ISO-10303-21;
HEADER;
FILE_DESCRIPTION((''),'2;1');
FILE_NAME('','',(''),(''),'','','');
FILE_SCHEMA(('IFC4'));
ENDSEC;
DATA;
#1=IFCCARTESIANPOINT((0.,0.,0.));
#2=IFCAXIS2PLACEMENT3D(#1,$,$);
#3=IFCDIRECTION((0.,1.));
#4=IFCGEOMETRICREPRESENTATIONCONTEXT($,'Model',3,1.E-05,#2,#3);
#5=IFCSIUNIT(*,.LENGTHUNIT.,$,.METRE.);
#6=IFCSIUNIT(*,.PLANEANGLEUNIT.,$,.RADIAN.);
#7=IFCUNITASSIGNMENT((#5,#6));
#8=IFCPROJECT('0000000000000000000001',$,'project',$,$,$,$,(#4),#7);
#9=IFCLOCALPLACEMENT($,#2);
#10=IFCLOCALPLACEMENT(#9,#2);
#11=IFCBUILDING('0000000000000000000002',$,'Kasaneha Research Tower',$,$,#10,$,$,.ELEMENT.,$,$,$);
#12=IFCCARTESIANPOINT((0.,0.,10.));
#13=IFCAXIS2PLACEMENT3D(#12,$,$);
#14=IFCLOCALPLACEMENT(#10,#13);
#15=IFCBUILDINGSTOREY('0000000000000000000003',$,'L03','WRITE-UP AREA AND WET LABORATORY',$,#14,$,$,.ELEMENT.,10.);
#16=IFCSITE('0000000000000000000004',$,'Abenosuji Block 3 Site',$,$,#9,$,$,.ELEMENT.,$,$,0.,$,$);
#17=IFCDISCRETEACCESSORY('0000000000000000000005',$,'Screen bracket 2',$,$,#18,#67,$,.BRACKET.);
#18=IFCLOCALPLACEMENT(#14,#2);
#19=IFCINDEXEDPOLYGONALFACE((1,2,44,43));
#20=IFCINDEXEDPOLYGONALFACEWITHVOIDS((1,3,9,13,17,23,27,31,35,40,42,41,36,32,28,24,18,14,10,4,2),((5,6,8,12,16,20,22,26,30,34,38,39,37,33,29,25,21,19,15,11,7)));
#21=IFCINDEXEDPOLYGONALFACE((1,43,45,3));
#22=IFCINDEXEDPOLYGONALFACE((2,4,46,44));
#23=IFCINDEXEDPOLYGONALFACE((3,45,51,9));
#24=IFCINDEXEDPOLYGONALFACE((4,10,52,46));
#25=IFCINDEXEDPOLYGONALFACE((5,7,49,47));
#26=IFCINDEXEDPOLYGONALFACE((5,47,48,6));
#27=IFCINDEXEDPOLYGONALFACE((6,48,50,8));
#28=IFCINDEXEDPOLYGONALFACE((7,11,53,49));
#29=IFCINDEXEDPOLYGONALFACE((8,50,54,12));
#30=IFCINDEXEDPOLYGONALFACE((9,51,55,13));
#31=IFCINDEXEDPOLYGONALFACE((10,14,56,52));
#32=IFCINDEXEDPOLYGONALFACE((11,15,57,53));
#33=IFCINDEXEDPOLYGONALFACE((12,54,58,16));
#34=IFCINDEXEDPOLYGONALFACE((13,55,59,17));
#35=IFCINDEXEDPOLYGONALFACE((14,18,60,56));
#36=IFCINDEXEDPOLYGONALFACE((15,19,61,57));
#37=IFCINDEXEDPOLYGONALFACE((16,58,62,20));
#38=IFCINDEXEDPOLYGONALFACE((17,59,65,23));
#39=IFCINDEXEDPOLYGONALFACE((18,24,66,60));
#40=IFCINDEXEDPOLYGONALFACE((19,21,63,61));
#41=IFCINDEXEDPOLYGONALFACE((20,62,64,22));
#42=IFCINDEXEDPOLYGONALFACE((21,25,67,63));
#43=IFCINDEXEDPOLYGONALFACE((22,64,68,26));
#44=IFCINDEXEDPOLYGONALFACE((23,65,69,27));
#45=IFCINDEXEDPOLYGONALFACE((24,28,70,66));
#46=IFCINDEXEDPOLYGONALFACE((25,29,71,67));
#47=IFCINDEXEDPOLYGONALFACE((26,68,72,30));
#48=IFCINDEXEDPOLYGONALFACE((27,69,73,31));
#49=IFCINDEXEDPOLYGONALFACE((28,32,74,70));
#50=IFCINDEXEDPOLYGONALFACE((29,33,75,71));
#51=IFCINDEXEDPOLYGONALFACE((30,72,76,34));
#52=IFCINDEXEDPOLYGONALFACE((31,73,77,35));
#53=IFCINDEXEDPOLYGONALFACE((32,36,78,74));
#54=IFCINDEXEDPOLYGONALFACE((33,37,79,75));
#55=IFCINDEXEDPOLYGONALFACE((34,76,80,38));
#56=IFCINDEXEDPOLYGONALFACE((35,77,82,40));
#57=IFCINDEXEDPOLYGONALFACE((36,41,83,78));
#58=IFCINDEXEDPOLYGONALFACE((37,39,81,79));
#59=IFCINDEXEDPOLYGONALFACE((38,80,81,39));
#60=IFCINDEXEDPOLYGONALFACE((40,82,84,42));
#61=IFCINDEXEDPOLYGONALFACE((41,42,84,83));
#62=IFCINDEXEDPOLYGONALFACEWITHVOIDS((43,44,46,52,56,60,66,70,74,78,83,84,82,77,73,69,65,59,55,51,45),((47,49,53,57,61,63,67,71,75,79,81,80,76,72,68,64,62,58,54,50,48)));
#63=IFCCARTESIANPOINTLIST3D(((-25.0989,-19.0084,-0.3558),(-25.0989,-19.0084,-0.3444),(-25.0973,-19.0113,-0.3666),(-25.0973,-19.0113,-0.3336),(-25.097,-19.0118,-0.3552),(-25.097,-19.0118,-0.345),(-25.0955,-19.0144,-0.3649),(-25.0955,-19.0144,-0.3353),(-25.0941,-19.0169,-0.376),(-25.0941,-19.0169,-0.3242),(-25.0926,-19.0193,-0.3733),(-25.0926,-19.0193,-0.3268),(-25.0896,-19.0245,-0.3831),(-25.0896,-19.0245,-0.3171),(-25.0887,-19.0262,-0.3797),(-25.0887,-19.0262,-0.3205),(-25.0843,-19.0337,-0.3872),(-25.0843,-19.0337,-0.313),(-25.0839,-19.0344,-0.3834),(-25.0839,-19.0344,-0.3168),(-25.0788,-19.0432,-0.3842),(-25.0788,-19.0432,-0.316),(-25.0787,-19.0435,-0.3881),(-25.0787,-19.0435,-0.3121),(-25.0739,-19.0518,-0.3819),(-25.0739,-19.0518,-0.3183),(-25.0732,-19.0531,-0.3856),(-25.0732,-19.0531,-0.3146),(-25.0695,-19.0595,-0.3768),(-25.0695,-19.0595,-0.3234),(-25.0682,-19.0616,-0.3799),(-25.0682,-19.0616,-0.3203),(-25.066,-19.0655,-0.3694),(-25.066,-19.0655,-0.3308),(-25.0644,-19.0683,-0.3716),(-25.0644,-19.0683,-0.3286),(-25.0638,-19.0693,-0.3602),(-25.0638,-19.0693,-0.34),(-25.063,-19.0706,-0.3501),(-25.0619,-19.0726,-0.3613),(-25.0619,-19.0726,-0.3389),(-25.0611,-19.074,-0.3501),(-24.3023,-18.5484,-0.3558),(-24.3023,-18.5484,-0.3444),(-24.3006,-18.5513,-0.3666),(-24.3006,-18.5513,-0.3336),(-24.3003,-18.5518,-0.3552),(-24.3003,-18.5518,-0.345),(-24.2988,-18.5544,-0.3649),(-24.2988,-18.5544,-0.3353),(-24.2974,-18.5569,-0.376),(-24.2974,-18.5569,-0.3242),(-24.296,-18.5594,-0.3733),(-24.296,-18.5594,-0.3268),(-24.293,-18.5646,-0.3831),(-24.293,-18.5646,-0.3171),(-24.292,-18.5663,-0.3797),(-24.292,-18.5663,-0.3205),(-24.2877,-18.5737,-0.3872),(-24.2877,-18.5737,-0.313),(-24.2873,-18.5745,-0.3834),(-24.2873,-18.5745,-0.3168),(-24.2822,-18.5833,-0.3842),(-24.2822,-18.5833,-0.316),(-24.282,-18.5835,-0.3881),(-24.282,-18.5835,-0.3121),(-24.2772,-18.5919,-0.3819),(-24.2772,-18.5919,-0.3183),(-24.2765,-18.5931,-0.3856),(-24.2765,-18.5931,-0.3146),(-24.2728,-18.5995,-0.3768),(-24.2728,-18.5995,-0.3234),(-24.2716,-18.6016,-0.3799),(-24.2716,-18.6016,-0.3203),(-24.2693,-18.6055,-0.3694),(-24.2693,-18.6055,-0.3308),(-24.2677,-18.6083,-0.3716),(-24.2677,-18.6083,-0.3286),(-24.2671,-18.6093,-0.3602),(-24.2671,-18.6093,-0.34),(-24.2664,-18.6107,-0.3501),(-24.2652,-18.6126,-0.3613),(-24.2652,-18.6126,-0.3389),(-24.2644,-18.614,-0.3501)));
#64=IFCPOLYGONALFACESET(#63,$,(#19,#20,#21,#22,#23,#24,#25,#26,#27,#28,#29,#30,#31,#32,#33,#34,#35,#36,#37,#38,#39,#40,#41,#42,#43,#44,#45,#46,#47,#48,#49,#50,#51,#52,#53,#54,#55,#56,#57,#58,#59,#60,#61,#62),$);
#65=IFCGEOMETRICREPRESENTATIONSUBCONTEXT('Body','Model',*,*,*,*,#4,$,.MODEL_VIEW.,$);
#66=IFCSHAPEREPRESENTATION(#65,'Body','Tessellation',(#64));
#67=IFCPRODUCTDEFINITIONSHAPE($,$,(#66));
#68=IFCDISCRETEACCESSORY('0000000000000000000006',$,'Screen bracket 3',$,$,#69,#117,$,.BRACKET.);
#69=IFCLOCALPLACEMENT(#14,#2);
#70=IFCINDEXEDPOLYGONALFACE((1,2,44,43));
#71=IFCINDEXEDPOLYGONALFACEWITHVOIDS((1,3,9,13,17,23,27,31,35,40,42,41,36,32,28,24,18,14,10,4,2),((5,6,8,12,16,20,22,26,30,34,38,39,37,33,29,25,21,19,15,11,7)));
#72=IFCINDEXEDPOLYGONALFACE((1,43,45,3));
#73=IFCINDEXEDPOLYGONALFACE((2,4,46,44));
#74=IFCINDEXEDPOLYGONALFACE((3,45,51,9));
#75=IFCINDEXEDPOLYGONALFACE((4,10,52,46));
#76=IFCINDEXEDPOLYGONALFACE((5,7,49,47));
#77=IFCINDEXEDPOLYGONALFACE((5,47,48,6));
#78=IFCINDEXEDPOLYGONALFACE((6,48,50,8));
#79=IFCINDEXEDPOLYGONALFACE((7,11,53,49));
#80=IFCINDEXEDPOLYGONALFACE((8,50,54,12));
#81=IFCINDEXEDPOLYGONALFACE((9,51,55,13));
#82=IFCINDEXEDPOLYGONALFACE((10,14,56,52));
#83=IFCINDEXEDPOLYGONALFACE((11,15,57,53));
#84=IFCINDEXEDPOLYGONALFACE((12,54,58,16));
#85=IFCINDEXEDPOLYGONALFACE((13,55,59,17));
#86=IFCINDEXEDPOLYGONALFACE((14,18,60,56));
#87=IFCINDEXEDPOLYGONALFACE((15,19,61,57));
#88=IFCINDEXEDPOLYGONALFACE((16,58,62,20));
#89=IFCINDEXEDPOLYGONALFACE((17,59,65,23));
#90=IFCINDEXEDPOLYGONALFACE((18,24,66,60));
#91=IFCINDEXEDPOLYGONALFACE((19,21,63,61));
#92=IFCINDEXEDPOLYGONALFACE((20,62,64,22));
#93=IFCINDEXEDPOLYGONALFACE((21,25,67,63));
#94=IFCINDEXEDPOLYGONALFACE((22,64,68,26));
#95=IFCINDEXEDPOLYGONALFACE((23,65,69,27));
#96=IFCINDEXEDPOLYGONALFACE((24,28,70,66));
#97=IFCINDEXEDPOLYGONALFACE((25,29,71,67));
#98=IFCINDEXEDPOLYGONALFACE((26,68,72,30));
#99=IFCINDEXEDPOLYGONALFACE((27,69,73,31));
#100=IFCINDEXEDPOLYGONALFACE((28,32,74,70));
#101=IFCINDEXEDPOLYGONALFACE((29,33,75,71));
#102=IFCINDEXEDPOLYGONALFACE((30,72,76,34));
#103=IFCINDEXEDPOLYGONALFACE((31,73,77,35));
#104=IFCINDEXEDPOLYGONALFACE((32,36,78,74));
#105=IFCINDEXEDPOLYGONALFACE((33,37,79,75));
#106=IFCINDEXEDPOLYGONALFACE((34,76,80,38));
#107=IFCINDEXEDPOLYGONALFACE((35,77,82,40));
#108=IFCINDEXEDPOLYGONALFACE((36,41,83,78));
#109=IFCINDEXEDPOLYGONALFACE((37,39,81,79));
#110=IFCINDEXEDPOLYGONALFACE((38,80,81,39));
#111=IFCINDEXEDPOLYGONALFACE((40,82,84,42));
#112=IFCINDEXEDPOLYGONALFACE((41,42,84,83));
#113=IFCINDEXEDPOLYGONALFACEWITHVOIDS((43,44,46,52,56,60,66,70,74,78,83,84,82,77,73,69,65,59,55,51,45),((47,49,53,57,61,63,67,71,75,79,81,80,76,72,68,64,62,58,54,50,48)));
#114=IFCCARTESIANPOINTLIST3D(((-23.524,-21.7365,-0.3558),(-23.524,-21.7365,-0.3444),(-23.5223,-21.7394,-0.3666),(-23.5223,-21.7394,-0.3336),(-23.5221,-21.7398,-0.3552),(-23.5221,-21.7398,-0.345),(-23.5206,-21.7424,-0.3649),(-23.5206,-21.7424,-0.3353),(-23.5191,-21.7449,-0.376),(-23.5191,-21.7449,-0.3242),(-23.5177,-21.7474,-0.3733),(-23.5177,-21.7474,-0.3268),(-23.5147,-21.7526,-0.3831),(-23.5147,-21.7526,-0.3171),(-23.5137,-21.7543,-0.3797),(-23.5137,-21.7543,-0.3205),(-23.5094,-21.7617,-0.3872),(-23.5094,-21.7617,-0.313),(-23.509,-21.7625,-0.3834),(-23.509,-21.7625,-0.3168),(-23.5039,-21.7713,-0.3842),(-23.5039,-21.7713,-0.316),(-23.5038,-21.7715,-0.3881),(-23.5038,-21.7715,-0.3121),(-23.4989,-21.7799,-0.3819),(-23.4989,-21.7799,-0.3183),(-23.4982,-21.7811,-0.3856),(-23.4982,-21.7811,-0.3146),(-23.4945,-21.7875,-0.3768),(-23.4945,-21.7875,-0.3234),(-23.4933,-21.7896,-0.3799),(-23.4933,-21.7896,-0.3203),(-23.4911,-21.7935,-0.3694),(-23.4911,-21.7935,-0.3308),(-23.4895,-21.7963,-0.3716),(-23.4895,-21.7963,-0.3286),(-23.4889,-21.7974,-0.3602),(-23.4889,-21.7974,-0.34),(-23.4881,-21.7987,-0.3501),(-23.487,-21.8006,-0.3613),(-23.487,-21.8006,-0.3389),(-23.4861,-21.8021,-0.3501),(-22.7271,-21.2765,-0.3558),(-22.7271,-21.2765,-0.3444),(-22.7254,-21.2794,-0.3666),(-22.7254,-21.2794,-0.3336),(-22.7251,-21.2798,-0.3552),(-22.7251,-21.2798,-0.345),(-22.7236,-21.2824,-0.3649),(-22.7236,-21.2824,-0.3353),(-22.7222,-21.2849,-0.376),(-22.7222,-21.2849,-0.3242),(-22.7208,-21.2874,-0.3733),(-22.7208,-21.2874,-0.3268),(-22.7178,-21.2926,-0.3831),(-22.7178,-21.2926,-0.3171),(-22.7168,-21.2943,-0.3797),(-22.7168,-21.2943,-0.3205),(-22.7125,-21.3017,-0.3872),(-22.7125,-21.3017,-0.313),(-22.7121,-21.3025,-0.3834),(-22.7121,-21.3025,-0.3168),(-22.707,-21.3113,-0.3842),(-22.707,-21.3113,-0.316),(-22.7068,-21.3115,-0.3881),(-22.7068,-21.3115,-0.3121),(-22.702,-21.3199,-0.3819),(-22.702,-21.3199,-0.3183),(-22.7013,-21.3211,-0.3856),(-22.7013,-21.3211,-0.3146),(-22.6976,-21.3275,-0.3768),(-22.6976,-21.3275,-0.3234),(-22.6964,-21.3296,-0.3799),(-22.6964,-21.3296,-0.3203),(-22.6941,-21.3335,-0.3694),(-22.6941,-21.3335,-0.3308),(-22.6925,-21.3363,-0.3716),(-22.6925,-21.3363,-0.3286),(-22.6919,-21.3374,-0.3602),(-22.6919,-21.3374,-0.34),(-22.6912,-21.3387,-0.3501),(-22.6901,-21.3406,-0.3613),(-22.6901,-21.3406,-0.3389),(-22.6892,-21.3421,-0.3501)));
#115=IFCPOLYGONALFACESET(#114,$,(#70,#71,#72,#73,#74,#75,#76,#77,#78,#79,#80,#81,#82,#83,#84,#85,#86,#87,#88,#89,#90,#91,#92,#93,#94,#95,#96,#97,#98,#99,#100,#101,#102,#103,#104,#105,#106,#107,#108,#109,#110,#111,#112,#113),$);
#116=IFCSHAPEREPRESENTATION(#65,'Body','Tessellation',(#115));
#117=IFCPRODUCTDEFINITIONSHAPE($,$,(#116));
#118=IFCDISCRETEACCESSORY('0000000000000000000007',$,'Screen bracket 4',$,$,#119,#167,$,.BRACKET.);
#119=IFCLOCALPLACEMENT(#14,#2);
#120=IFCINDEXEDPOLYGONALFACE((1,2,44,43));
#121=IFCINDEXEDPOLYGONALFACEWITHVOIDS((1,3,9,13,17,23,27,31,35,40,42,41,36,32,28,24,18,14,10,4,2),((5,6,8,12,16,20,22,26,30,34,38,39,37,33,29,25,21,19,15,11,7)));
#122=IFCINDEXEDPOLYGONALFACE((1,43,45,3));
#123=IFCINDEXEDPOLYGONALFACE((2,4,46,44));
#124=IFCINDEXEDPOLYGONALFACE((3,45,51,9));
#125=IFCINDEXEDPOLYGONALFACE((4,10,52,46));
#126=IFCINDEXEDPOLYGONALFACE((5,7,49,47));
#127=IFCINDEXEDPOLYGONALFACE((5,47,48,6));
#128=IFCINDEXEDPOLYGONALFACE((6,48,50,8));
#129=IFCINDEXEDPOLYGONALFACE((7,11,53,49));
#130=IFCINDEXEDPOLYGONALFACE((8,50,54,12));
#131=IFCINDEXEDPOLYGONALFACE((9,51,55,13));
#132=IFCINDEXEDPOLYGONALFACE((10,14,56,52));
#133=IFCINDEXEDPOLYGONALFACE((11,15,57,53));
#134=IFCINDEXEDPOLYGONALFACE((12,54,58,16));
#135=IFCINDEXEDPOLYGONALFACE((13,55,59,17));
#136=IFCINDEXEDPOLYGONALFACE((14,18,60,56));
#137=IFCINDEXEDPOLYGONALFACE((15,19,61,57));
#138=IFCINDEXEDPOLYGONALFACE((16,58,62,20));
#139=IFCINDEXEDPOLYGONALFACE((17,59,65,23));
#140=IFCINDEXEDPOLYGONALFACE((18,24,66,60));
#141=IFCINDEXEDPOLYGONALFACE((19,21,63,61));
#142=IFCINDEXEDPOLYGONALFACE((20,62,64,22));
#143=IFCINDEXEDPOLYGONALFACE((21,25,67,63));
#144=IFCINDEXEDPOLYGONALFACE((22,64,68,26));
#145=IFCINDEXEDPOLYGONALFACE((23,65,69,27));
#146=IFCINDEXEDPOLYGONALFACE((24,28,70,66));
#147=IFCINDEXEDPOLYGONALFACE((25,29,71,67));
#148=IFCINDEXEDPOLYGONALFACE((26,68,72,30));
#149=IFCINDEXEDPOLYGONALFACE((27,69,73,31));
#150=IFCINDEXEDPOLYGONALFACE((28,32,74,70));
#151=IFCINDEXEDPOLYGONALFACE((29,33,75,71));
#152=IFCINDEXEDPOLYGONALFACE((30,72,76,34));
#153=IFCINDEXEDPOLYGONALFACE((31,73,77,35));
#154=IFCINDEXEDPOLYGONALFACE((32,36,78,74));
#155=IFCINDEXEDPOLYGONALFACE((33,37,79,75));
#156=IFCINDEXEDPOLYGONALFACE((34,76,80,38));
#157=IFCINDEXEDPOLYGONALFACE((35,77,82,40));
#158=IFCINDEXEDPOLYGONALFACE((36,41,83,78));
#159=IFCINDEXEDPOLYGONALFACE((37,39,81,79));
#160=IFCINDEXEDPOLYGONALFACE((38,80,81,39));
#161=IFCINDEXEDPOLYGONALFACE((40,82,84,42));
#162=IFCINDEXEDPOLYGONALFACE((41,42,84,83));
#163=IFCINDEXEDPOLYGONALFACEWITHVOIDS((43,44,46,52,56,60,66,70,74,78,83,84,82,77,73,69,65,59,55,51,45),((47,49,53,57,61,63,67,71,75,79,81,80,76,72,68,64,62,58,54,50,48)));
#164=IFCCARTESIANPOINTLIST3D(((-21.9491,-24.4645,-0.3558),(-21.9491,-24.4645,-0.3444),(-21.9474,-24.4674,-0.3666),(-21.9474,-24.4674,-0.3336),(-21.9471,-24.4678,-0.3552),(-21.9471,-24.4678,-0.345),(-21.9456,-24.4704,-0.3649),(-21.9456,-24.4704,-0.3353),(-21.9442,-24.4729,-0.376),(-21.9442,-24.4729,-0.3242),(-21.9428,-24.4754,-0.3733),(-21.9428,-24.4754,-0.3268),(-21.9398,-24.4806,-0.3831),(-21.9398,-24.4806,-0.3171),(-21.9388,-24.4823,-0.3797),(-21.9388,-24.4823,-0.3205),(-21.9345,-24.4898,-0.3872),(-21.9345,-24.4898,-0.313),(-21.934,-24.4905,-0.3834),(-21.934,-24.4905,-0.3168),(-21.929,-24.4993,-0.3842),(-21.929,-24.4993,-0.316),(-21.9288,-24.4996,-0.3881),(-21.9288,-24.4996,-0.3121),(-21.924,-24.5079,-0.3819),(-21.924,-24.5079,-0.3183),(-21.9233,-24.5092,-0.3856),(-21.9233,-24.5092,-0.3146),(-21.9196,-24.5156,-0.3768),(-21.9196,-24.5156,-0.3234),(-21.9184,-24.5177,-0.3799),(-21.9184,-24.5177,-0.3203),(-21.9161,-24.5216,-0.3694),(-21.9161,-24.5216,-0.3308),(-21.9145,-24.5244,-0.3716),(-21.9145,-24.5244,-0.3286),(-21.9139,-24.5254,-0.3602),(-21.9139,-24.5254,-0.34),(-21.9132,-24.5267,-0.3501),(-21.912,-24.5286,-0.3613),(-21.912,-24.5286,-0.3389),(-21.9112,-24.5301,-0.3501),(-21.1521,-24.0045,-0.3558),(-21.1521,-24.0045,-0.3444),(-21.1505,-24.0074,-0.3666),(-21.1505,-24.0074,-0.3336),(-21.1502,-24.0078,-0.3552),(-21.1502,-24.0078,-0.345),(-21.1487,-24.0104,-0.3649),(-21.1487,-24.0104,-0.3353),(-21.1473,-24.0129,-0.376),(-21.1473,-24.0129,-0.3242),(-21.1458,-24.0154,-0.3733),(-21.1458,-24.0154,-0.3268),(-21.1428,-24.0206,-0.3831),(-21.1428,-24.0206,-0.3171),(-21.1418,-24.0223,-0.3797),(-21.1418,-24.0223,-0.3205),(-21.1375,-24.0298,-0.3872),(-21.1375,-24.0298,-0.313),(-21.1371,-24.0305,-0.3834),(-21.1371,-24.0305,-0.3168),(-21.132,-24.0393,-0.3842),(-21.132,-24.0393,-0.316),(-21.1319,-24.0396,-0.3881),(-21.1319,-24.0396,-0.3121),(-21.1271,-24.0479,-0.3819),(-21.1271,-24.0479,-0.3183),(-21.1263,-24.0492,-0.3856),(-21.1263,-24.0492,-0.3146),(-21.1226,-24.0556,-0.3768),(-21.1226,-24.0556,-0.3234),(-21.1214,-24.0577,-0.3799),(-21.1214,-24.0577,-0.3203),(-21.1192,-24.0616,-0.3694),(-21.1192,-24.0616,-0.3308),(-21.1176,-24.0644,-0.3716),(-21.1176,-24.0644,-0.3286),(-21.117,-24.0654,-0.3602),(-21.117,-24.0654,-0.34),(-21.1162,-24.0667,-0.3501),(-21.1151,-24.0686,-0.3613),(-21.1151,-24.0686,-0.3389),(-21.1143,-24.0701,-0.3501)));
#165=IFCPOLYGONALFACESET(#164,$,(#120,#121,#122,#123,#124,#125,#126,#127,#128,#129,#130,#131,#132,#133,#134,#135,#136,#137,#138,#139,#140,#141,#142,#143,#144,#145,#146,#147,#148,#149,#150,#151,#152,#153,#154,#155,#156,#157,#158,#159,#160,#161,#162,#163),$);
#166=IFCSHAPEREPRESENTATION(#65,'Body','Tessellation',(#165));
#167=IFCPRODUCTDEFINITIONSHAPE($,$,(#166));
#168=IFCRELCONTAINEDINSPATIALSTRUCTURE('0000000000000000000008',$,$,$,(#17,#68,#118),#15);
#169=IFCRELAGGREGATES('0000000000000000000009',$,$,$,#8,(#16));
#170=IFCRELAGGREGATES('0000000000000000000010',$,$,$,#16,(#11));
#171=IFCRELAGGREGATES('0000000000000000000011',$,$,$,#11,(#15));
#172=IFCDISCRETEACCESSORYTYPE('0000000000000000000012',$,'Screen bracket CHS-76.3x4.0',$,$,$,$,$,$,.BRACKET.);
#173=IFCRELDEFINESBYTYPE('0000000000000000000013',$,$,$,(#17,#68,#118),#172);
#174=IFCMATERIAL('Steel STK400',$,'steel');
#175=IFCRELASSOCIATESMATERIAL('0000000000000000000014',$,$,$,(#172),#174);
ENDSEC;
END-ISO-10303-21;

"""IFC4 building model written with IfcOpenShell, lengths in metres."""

from ifc_helpers import new_model, si_unit, direction, frame, origin, origin_2d, place, context, subcontext, project, spatial, hollow_circle, extrude, material, material_profile, profile_set, type_object, element, save


model = new_model("IFC4")

# Units and contexts
model_context = context("Model", 3, precision=1e-05, world=origin(), true_north=direction((0.0, 1.0)))
body_context = subcontext(model_context, "Body", "Model", "MODEL_VIEW")
ifc_project = project(units=[si_unit("LENGTHUNIT", "METRE"), si_unit("PLANEANGLEUNIT", "RADIAN")], contexts=[model_context])

# Site, building, storey
site_placement = place(None, origin())
site = spatial("IfcSite", under=ifc_project, at=site_placement, Name="Abenosuji Block 3 Site", CompositionType="ELEMENT", RefElevation=0.0)
building_placement = place(site_placement, origin())
building = spatial("IfcBuilding", under=site, at=building_placement, Name="Kasaneha Research Tower", CompositionType="ELEMENT")
storey_placement = place(building_placement, frame((0.0, 0.0, 10.0)))
storey = spatial("IfcBuildingStorey", under=building, at=storey_placement, Name="L03", Description="WRITE-UP AREA AND WET LABORATORY", CompositionType="ELEMENT", Elevation=10.0)

# Discrete accessories
ifc_material_1 = material(Name="Steel STK400", Category="steel")
ifc_material_profile_1 = material_profile(ifc_material_1, hollow_circle(Radius=0.0381, WallThickness=0.0039, at=origin_2d()), Name="CHS-76.3x4.0")
ifc_profile_set_1 = profile_set([ifc_material_profile_1], Name="Steel STK400")
discrete_accessory_type = type_object("IfcDiscreteAccessoryType", Name="Screen bracket CHS-76.3x4.0", PredefinedType="BRACKET", material=ifc_profile_set_1)
for number, where, z_axis, x_axis, name in (
    (1, (-24.2834, -18.5811, -0.3501), (-0.866013, -0.500021, 0.0), (0.500021, -0.866013, 0.0), "Screen bracket 2"),
):
    element("IfcDiscreteAccessory", number, at=place(storey_placement, frame(where, z_axis=z_axis, x_axis=x_axis)), inside=storey, type_object=discrete_accessory_type, Name=name, PredefinedType="BRACKET", context=body_context, shape_type="SweptSolid", body=[
        extrude(hollow_circle(Radius=0.0381, WallThickness=0.0039, at=origin_2d()), origin(), (0.0, 0.0, 1.0), 0.9199),
    ])
for number, where, z_axis, x_axis, name in (
    (2, (-22.7083, -21.3091, -0.3501), (-0.86608, -0.499906, 0.0), (0.499906, -0.86608, 0.0), "Screen bracket 3"),
    (3, (-21.1333, -24.0371, -0.3501), (-0.86608, -0.499906, 0.0), (0.499906, -0.86608, 0.0), "Screen bracket 4"),
):
    element("IfcDiscreteAccessory", number, at=place(storey_placement, frame(where, z_axis=z_axis, x_axis=x_axis)), inside=storey, type_object=discrete_accessory_type, Name=name, PredefinedType="BRACKET", context=body_context, shape_type="SweptSolid", body=[
        extrude(hollow_circle(Radius=0.0381, WallThickness=0.0039, at=origin_2d()), origin(), (0.0, 0.0, 1.0), 0.9202),
    ])

save(model, "model.ifc")
